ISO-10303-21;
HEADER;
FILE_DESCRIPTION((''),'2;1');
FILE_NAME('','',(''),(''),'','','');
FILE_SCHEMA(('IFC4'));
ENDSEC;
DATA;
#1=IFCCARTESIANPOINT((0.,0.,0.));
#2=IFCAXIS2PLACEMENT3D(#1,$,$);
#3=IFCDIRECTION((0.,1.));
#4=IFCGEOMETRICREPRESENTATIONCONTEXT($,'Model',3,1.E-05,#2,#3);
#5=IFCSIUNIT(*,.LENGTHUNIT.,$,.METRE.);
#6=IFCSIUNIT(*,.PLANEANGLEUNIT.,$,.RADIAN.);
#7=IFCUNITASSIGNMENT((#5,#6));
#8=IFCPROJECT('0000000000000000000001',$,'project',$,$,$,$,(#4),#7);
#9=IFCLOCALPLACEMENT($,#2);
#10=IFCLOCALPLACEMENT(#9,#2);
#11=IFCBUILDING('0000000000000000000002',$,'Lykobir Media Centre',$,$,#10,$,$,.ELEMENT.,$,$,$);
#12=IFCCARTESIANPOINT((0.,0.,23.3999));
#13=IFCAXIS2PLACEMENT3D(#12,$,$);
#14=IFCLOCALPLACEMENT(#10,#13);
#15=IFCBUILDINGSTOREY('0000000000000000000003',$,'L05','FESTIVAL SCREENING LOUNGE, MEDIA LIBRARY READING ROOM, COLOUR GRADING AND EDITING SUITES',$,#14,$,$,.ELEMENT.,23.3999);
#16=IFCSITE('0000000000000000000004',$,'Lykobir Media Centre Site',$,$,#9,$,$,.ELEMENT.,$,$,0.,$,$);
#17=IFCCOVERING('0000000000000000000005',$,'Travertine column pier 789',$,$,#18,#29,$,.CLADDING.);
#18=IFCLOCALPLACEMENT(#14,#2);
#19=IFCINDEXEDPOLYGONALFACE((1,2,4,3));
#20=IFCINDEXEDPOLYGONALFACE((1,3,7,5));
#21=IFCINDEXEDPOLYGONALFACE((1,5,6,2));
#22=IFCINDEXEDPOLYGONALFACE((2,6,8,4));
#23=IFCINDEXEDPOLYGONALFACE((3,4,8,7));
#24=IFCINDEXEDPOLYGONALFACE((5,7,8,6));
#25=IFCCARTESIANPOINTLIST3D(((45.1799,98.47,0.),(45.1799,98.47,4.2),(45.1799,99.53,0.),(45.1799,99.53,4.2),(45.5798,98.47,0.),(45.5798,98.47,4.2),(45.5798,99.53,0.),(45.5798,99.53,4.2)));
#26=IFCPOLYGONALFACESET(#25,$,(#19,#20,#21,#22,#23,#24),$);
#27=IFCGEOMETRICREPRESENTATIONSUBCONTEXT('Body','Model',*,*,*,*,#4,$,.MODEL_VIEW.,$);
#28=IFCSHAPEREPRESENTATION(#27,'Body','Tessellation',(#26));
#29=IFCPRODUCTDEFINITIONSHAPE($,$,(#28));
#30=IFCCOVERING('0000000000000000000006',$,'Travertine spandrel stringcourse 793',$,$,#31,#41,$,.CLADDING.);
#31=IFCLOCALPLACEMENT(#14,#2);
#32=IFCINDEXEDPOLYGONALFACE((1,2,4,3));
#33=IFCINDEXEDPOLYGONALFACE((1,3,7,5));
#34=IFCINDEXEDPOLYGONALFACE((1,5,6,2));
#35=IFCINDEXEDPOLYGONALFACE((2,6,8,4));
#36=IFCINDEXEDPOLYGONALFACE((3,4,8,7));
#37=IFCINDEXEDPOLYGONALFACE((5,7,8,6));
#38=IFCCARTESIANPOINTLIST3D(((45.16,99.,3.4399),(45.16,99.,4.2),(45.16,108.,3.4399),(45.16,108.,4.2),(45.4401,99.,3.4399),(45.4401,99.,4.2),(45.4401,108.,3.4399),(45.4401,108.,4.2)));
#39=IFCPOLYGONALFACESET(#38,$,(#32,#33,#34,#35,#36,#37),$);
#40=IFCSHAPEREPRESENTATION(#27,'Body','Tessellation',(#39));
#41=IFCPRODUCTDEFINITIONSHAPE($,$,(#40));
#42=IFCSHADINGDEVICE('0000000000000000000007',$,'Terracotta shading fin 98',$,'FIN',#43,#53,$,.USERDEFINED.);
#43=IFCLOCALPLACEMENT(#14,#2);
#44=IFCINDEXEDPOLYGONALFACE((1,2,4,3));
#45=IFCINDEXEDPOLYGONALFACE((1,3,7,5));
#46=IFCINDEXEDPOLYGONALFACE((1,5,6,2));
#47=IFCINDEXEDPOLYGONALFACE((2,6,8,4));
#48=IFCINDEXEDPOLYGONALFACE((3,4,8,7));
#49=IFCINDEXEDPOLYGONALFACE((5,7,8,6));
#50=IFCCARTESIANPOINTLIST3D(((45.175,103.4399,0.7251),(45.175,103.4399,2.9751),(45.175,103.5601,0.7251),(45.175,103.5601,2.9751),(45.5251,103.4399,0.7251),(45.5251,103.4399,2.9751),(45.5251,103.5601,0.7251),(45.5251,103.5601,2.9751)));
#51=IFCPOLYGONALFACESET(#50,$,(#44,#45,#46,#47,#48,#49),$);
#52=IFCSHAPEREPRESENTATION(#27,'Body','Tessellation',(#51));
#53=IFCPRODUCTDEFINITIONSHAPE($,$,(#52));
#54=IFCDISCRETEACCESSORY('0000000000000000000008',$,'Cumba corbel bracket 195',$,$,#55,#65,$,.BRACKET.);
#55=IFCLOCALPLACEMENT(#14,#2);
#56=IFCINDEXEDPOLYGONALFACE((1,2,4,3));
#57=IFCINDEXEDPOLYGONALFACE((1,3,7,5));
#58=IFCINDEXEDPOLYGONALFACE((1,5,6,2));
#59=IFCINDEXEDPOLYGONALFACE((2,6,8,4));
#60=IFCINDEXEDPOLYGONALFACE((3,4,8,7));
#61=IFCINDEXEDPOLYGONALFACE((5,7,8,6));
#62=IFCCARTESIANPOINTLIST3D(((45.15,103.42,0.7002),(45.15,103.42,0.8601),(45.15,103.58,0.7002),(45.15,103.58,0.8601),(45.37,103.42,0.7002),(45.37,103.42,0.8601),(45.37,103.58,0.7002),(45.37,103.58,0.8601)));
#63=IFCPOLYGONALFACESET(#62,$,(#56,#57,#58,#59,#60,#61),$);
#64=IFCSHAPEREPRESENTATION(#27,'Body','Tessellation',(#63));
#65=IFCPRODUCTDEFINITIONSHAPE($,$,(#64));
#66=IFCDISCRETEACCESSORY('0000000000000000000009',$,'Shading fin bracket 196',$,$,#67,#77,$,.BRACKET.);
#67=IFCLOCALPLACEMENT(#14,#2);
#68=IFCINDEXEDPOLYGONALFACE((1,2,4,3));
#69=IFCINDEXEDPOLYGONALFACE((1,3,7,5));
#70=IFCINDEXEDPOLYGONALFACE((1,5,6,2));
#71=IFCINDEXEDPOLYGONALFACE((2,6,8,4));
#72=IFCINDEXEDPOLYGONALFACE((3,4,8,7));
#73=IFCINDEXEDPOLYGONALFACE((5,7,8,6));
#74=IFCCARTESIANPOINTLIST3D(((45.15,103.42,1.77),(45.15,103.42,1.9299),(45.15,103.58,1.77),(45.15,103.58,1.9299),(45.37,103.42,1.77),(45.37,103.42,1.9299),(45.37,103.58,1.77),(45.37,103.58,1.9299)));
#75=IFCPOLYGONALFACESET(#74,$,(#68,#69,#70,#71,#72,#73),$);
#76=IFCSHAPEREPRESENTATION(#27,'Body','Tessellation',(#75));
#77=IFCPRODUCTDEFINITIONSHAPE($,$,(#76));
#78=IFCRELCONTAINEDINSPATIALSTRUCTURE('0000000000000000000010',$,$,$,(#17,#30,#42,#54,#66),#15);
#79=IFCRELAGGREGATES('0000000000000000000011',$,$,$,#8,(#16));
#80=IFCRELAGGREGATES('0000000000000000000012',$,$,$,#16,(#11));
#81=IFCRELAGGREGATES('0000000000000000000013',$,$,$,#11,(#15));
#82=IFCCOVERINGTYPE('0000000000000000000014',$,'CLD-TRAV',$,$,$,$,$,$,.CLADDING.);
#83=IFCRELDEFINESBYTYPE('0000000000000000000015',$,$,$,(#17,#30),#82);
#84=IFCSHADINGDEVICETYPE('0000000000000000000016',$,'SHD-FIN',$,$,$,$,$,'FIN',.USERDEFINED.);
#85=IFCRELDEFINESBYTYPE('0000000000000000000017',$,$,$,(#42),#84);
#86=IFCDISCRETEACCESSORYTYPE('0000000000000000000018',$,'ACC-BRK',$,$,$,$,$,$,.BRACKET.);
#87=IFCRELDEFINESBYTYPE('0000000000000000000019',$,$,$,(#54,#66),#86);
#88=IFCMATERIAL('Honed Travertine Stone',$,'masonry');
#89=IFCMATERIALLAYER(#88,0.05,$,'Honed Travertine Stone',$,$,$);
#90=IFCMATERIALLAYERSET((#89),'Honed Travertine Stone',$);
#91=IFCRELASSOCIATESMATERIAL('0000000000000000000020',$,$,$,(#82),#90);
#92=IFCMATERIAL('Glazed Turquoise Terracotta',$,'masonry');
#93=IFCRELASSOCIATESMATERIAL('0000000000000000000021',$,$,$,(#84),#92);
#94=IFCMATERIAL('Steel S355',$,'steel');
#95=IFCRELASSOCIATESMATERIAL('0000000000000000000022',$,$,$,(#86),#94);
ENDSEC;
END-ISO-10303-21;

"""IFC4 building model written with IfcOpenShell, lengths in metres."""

from ifc_helpers import new_model, si_unit, direction, frame, origin, origin_2d, place, context, subcontext, project, spatial, rectangle, extrude, material, layer, layer_set, type_object, element, save


model = new_model("IFC4")

# Units and contexts
model_context = context("Model", 3, precision=1e-05, world=origin(), true_north=direction((0.0, 1.0)))
body_context = subcontext(model_context, "Body", "Model", "MODEL_VIEW")
ifc_project = project(units=[si_unit("LENGTHUNIT", "METRE"), si_unit("PLANEANGLEUNIT", "RADIAN")], contexts=[model_context])

# Site, building, storey
site_placement = place(None, origin())
site = spatial("IfcSite", under=ifc_project, at=site_placement, Name="Lykobir Media Centre Site", CompositionType="ELEMENT", RefElevation=0.0)
building_placement = place(site_placement, origin())
building = spatial("IfcBuilding", under=site, at=building_placement, Name="Lykobir Media Centre", CompositionType="ELEMENT")
storey_placement = place(building_placement, frame((0.0, 0.0, 23.3999)))
storey = spatial("IfcBuildingStorey", under=building, at=storey_placement, Name="L05", Description="FESTIVAL SCREENING LOUNGE, MEDIA LIBRARY READING ROOM, COLOUR GRADING AND EDITING SUITES", CompositionType="ELEMENT", Elevation=23.3999)

# Coverings
ifc_material_1 = material(Name="Glazed Turquoise Terracotta", Category="masonry")
ifc_material_2 = material(Name="Honed Travertine Stone", Category="masonry")
ifc_layer_1 = layer(ifc_material_2, 0.05, Name="Honed Travertine Stone")
ifc_layer_set_1 = layer_set([ifc_layer_1], Name="Honed Travertine Stone")
covering_type_1 = type_object("IfcCoveringType", Name="CLD-TRAV", PredefinedType="CLADDING", material=ifc_layer_set_1)
covering_1_placement = place(storey_placement, frame((45.3799, 99.0, 0.0), z_axis=(0.0, 0.0, 1.0), x_axis=(0.0, 1.0, 0.0)))
element("IfcCovering", 1, at=covering_1_placement, inside=storey, type_object=covering_type_1, Name="Travertine column pier 789", PredefinedType="CLADDING", context=body_context, shape_type="SweptSolid", body=[
    extrude(rectangle(XDim=1.0601, YDim=0.3999, at=origin_2d()), origin(), (0.0, 0.0, 1.0), 4.2),
])
covering_2_placement = place(storey_placement, frame((45.3, 103.5, 3.4399), z_axis=(0.0, 0.0, 1.0), x_axis=(0.0, 1.0, 0.0)))
element("IfcCovering", 2, at=covering_2_placement, inside=storey, type_object=covering_type_1, Name="Travertine spandrel stringcourse 793", PredefinedType="CLADDING", context=body_context, shape_type="SweptSolid", body=[
    extrude(rectangle(XDim=9.0, YDim=0.28, at=origin_2d()), origin(), (0.0, 0.0, 1.0), 0.76),
])

# Shading device
shading_device_type = type_object("IfcShadingDeviceType", Name="SHD-FIN", ElementType="FIN", PredefinedType="USERDEFINED", material=ifc_material_1)
shading_device_placement = place(storey_placement, frame((45.3501, 103.5, 0.7251), z_axis=(0.0, 0.0, 1.0), x_axis=(0.0, 1.0, 0.0)))
element("IfcShadingDevice", 3, at=shading_device_placement, inside=storey, type_object=shading_device_type, Name="Terracotta shading fin 98", ObjectType="FIN", PredefinedType="USERDEFINED", context=body_context, shape_type="SweptSolid", body=[
    extrude(rectangle(XDim=0.1201, YDim=0.3501, at=origin_2d()), origin(), (0.0, 0.0, 1.0), 2.25),
])

# Discrete accessories
ifc_material_3 = material(Name="Steel S355", Category="steel")
discrete_accessory_type = type_object("IfcDiscreteAccessoryType", Name="ACC-BRK", PredefinedType="BRACKET", material=ifc_material_3)
for number, where, z_axis, x_axis, name in (
    (4, (45.26, 103.5, 0.7002), (0.0, 0.0, 1.0), (0.0, 1.0, 0.0), "Cumba corbel bracket 195"),
    (5, (45.26, 103.5, 1.77), (0.0, 0.0, 1.0), (0.0, 1.0, 0.0), "Shading fin bracket 196"),
):
    element("IfcDiscreteAccessory", number, at=place(storey_placement, frame(where, z_axis=z_axis, x_axis=x_axis)), inside=storey, type_object=discrete_accessory_type, Name=name, PredefinedType="BRACKET", context=body_context, shape_type="SweptSolid", body=[
        extrude(rectangle(XDim=0.1599, YDim=0.22, at=origin_2d()), origin(), (0.0, 0.0, 1.0), 0.1599),
    ])

save(model, "model.ifc")
